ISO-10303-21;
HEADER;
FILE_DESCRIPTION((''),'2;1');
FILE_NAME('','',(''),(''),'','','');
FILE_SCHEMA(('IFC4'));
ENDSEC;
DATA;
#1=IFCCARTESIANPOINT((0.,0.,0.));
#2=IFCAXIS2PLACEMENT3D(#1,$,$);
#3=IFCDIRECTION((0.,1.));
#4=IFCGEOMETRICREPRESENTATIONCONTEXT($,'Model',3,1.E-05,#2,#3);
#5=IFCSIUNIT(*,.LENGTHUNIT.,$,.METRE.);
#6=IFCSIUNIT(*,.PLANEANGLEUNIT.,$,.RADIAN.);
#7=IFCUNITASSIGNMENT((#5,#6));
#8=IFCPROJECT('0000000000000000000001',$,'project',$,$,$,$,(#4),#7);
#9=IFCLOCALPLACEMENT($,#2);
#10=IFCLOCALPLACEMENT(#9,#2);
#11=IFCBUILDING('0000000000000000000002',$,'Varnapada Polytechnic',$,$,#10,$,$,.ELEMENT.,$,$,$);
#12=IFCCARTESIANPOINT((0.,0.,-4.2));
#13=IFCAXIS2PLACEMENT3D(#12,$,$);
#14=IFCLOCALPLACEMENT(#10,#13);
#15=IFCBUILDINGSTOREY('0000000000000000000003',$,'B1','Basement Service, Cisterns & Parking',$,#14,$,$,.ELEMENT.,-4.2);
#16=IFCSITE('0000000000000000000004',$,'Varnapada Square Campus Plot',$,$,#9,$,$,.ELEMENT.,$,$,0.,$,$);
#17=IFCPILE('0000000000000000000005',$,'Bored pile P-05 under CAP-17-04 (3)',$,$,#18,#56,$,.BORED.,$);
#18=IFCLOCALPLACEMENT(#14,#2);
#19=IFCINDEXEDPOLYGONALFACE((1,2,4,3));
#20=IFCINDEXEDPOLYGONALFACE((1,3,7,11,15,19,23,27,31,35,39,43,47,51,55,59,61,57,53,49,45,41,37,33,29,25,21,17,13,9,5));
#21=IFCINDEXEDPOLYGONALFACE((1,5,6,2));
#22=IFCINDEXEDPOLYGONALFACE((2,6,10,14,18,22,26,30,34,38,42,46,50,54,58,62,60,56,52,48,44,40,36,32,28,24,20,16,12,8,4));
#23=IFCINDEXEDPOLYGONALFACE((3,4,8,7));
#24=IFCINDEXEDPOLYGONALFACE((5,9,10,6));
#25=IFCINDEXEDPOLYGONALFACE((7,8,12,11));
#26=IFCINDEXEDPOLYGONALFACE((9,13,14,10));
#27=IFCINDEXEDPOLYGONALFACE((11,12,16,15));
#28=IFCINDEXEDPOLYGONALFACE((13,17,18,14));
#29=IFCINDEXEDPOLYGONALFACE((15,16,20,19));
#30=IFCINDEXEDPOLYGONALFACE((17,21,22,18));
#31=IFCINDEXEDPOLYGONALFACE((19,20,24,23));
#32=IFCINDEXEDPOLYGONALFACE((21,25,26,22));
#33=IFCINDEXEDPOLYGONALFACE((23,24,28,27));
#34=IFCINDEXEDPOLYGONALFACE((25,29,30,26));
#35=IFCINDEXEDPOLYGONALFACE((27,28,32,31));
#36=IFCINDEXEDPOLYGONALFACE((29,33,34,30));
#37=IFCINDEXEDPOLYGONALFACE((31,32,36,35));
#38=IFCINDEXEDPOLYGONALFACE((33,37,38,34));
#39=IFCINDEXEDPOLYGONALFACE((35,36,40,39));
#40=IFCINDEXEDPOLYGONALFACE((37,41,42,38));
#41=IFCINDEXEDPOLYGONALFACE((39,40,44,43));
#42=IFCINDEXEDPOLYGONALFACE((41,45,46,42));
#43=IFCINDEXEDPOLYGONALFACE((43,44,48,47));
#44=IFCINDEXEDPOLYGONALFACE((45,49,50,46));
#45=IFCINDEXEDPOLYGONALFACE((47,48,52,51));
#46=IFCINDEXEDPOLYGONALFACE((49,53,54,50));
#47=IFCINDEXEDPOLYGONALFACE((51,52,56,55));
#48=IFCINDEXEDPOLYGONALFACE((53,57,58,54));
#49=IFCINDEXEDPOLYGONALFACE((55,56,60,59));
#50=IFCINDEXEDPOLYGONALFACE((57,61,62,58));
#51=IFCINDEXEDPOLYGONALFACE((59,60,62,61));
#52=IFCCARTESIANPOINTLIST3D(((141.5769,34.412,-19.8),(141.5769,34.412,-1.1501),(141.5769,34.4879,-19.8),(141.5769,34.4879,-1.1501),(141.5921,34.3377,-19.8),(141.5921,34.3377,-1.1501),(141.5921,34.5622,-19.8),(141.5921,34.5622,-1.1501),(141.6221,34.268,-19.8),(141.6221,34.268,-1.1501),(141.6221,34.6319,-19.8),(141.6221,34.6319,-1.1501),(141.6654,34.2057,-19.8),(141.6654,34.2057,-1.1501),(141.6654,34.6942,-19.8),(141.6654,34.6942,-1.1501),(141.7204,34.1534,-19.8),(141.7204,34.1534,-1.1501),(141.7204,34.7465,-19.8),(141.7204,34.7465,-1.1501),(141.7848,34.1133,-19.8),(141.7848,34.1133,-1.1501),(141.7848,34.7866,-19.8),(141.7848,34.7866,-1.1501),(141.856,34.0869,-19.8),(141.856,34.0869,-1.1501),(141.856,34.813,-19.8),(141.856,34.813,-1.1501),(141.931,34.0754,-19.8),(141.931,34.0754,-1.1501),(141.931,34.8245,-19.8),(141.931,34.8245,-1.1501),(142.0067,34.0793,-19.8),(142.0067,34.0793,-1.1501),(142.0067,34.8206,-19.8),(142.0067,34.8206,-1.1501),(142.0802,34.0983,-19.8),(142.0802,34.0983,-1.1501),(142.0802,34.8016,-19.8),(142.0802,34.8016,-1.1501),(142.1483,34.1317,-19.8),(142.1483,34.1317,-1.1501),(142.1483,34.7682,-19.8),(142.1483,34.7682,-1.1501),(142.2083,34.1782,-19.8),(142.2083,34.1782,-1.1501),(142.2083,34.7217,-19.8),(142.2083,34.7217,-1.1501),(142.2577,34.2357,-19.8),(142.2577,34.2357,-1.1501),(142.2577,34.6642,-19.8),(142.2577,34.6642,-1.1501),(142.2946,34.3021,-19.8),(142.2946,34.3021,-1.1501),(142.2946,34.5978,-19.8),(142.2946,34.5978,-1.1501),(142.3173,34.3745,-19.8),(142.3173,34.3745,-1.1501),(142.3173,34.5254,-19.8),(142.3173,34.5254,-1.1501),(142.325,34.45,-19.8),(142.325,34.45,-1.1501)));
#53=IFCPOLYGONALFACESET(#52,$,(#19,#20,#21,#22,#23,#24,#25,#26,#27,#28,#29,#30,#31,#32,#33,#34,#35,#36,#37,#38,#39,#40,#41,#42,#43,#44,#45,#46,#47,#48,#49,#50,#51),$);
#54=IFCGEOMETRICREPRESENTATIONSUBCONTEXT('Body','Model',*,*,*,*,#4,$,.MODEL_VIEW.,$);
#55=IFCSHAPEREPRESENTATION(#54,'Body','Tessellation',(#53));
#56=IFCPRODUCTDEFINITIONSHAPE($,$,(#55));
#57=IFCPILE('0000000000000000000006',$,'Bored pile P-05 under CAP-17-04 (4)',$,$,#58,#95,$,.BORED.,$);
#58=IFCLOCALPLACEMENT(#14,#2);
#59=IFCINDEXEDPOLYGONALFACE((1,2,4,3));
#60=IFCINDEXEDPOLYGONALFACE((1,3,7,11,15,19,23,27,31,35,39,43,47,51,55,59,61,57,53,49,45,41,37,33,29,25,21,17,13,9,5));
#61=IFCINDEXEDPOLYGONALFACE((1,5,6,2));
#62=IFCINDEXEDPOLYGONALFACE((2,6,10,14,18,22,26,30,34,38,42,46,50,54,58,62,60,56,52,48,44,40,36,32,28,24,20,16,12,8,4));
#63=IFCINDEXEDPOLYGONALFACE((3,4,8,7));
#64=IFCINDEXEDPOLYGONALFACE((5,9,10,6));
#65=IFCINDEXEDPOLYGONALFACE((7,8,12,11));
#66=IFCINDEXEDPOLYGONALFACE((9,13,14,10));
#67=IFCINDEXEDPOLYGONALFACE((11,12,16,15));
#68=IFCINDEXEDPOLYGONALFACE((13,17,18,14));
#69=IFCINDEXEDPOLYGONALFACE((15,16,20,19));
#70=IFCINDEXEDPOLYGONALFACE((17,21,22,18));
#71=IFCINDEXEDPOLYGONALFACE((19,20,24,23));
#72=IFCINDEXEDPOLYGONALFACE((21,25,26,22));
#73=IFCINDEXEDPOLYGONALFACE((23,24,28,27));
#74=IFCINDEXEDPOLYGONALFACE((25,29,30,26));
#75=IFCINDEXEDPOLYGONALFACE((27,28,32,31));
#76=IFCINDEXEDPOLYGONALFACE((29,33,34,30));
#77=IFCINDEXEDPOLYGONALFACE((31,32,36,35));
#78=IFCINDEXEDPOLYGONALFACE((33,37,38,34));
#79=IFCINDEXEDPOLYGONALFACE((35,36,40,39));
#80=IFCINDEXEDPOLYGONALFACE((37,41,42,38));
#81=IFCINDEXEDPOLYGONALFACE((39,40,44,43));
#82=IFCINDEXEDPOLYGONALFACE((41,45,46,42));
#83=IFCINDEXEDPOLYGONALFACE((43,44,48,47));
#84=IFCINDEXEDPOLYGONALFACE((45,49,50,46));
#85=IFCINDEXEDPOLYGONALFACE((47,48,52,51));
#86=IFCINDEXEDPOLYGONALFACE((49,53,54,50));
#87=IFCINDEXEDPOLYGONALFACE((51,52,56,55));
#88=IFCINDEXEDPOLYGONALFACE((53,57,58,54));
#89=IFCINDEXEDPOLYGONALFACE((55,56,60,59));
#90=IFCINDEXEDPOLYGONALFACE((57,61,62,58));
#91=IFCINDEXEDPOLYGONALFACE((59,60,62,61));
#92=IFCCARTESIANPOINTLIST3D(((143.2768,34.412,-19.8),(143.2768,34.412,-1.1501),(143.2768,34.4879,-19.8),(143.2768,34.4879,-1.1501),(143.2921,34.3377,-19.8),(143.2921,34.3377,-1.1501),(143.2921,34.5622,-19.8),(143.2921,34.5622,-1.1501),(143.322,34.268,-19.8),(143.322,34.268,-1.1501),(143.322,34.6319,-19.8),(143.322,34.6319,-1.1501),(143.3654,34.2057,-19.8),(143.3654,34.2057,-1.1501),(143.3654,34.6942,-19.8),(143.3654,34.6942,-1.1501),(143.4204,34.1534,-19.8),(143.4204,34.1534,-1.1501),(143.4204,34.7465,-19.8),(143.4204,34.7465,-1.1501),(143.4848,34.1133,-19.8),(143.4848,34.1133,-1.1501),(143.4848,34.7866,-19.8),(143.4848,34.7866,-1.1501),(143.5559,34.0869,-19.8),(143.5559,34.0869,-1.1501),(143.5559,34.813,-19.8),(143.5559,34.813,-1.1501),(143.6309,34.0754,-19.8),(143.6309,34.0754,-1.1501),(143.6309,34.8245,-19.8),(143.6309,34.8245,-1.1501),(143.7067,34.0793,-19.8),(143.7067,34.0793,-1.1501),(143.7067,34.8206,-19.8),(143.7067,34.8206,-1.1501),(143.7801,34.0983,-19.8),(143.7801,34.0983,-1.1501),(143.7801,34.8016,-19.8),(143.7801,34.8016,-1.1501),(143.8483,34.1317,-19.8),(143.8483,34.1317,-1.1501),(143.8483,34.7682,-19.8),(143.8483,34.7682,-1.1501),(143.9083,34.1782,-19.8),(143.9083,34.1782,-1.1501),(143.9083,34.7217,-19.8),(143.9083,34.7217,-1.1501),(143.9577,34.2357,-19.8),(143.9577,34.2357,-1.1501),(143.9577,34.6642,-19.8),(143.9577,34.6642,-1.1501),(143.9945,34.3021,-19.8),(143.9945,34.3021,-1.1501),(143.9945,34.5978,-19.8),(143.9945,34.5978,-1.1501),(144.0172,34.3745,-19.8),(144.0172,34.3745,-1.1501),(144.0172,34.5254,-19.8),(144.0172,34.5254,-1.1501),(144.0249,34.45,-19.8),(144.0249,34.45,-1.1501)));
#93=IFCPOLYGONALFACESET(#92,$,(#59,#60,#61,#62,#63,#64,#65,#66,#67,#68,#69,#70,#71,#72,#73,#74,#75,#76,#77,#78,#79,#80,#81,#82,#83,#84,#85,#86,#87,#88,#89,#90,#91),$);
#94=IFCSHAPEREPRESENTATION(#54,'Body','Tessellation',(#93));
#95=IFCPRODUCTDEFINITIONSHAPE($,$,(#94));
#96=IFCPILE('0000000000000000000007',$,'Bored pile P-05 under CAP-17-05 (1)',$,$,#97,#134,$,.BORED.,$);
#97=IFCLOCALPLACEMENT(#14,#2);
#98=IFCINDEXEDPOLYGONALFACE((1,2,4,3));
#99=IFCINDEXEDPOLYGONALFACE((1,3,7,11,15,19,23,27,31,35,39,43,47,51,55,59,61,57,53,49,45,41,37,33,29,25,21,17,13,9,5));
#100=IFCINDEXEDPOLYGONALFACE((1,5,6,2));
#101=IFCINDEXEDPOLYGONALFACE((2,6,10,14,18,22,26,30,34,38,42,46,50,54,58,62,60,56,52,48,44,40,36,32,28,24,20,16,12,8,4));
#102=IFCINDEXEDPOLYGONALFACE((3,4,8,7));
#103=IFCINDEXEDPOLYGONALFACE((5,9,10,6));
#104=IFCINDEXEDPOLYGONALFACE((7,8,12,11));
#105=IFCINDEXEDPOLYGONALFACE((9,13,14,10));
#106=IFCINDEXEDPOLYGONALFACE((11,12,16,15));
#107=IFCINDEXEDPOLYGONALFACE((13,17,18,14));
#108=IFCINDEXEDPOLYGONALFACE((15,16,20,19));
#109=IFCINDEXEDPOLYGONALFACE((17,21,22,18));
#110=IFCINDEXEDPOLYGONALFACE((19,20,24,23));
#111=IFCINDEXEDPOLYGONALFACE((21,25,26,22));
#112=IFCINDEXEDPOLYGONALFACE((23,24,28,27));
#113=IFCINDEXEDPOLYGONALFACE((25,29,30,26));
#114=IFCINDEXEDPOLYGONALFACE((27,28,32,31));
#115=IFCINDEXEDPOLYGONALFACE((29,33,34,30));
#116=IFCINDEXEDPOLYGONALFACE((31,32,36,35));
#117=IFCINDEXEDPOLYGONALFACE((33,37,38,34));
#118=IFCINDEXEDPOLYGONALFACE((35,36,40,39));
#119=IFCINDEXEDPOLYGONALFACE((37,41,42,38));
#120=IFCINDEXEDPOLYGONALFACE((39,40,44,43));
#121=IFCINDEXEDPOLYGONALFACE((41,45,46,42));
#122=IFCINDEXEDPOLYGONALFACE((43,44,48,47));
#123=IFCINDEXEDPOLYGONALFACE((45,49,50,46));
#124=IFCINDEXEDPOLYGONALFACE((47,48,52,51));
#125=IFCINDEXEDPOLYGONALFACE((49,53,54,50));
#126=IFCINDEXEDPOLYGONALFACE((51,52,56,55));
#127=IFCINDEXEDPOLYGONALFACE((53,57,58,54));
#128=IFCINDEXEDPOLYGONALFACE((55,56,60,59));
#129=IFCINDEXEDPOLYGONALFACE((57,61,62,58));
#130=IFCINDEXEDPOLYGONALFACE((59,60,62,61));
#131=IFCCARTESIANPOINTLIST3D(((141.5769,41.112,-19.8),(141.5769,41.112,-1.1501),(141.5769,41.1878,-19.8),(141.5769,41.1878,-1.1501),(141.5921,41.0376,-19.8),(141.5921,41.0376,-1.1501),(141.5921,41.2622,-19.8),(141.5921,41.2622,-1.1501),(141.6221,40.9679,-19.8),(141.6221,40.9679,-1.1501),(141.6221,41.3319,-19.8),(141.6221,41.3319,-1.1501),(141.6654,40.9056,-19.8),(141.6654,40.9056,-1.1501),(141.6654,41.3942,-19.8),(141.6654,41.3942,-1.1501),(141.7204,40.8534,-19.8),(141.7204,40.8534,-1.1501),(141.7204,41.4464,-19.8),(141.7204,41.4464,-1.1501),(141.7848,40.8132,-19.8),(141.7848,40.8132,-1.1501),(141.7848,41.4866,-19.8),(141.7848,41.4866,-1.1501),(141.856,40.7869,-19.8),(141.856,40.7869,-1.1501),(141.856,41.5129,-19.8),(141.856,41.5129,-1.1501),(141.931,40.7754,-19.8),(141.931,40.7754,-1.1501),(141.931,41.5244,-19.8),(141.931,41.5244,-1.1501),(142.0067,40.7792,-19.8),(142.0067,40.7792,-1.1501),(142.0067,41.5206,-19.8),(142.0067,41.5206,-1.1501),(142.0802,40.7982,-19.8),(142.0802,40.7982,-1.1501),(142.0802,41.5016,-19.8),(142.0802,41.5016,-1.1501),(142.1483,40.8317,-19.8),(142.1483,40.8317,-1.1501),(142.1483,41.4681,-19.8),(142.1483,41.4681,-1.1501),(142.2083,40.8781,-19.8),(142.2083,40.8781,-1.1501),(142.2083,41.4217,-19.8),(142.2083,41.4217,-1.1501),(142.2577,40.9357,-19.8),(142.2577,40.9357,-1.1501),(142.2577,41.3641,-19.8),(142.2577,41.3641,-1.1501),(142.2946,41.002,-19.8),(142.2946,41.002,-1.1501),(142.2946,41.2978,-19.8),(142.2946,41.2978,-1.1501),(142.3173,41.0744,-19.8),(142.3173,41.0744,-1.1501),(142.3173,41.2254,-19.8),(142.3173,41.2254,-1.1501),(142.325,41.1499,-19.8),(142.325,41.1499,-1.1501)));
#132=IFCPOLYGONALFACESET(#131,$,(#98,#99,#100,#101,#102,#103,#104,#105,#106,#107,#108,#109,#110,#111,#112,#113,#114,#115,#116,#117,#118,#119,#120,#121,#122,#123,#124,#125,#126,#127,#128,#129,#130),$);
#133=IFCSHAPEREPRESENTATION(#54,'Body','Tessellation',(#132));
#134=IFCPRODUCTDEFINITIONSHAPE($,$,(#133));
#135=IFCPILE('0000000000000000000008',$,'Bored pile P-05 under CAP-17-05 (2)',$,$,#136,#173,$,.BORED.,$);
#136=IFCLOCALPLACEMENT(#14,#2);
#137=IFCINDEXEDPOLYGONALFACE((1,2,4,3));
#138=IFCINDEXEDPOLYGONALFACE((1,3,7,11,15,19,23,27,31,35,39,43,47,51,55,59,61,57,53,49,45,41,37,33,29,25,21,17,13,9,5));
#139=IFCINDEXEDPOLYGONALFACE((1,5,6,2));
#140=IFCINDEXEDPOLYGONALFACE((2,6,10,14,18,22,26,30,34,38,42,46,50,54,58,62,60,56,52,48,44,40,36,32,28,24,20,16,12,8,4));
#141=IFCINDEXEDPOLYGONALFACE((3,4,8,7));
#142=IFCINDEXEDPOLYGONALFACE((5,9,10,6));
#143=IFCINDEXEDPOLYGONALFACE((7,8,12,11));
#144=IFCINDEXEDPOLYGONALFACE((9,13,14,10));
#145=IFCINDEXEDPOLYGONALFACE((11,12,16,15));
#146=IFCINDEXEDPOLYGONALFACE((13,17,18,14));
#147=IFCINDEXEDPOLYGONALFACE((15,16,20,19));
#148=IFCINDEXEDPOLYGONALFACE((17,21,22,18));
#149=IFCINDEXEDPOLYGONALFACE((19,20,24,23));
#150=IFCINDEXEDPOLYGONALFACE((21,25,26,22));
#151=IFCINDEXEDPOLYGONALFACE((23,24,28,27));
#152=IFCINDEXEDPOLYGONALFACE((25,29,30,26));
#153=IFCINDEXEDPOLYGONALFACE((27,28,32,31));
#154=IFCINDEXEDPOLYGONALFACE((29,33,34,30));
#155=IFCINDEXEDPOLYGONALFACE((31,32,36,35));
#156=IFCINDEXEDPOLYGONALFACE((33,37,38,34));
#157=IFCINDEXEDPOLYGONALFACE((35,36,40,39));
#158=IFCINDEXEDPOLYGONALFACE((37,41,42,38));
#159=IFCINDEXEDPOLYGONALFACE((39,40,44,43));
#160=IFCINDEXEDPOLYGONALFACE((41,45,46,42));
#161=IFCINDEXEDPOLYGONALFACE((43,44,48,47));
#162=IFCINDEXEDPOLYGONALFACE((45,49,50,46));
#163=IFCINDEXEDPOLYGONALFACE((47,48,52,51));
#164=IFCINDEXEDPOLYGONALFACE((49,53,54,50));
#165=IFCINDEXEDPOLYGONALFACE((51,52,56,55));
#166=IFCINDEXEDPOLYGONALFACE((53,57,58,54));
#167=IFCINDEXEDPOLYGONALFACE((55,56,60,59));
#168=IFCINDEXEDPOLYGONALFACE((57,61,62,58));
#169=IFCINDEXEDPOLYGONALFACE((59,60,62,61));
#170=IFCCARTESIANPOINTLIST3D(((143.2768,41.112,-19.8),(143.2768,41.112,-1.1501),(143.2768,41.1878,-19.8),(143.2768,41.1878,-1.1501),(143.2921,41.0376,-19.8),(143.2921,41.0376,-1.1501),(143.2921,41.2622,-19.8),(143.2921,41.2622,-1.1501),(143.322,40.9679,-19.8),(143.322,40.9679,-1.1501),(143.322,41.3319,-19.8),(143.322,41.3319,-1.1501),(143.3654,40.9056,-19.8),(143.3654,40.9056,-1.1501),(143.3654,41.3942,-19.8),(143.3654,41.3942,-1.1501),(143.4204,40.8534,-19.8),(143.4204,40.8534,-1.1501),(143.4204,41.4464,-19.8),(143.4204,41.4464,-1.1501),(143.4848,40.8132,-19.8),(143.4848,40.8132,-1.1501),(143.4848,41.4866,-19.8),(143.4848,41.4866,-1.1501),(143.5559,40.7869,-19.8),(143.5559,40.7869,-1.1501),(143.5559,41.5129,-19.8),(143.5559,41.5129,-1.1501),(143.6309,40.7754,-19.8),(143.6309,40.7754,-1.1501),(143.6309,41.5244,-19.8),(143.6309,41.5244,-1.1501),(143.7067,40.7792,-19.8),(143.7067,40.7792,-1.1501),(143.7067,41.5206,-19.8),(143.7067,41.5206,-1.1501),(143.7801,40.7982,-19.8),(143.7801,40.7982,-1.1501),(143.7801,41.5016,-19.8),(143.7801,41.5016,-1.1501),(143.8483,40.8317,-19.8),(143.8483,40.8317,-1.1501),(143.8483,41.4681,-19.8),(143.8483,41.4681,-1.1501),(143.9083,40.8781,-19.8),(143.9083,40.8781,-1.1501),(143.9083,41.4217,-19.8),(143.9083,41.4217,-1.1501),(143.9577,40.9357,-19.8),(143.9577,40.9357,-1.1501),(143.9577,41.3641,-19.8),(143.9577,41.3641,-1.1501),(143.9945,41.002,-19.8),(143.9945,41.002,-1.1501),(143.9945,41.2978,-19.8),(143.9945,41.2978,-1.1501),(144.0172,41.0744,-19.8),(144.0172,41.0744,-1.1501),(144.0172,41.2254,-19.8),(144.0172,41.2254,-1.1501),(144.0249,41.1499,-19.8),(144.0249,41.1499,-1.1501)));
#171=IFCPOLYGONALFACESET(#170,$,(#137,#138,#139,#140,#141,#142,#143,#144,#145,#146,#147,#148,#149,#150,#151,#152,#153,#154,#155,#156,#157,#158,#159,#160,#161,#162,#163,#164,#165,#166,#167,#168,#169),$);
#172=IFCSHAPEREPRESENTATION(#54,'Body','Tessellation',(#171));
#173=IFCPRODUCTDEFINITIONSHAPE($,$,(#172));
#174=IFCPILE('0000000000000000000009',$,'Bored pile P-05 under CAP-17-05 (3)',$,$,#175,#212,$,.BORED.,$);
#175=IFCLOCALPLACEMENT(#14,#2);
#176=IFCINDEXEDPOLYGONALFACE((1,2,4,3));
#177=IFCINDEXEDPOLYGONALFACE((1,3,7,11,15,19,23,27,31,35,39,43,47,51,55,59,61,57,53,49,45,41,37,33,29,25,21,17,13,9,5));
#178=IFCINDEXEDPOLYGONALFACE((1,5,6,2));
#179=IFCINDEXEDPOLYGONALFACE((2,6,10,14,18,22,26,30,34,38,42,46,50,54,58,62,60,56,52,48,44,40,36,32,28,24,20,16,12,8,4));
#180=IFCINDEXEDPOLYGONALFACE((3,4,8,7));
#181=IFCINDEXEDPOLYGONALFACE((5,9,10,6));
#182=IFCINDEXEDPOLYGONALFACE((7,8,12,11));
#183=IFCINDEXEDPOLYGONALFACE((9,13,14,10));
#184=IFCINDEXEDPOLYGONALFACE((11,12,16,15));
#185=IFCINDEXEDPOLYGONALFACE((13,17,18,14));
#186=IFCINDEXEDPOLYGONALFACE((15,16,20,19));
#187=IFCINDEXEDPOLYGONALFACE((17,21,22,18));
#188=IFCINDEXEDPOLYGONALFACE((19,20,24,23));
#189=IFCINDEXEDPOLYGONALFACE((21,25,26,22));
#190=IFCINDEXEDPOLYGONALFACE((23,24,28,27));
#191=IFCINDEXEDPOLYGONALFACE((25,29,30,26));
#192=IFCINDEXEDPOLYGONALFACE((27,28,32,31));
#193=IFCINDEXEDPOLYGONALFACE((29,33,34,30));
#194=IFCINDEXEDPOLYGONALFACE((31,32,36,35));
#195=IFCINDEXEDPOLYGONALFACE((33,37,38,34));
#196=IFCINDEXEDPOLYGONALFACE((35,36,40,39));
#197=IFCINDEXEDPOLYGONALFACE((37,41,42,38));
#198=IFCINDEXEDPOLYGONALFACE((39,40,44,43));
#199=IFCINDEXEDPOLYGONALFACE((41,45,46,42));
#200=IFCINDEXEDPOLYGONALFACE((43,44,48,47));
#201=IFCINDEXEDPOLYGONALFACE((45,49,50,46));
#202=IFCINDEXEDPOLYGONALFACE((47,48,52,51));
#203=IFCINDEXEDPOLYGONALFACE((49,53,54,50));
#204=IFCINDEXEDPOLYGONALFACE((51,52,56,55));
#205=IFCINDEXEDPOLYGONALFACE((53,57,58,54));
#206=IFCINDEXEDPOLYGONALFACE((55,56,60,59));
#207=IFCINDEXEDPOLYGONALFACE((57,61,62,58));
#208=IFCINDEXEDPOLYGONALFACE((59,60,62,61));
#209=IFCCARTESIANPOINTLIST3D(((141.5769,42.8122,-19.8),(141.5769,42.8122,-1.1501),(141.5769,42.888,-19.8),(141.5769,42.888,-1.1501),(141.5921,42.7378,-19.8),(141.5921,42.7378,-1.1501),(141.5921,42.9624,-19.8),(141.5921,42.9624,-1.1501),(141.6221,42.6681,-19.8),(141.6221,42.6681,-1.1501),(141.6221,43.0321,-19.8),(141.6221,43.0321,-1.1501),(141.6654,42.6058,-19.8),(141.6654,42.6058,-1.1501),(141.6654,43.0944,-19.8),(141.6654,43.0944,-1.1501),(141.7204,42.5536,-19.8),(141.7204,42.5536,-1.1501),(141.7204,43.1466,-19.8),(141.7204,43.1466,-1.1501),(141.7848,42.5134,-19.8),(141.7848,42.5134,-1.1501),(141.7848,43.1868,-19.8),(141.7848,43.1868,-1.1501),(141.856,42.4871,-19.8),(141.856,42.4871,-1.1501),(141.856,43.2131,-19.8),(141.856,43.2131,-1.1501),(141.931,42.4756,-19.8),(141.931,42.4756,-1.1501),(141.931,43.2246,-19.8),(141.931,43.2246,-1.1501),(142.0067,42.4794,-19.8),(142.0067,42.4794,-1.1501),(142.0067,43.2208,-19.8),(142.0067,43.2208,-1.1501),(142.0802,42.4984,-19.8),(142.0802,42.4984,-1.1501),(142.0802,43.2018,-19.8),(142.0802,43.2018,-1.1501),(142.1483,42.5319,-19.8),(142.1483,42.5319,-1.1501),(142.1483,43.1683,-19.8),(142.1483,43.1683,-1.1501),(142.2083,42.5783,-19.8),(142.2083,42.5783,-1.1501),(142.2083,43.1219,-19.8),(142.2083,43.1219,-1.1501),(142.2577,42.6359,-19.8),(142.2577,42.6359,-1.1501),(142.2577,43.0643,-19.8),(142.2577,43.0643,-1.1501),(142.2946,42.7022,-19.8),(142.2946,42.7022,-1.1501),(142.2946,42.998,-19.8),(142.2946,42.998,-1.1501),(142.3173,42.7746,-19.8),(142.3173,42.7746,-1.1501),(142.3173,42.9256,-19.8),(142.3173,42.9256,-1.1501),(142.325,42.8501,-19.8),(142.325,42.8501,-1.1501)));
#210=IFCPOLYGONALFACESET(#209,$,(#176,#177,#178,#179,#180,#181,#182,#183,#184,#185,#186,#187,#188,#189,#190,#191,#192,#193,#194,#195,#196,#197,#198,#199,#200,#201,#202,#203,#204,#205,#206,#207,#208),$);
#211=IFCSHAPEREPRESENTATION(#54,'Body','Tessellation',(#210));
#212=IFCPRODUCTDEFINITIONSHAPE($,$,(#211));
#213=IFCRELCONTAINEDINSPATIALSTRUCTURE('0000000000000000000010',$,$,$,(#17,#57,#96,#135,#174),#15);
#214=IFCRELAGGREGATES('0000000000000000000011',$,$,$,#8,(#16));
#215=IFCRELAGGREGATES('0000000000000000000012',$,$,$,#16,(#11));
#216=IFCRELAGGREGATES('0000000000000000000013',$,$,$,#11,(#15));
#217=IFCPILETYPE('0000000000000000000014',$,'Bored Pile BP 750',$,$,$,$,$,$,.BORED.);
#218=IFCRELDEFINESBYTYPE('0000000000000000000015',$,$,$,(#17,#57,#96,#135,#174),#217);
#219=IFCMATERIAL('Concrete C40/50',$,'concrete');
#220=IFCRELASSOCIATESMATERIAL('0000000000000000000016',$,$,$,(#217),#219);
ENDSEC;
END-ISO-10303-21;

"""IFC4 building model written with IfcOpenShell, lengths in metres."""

from ifc_helpers import new_model, si_unit, direction, frame, origin, origin_2d, place, context, subcontext, project, spatial, circle, extrude, material, material_profile, profile_set, type_object, element, save


model = new_model("IFC4")

# Units and contexts
model_context = context("Model", 3, precision=1e-05, world=origin(), true_north=direction((0.0, 1.0)))
body_context = subcontext(model_context, "Body", "Model", "MODEL_VIEW")
ifc_project = project(units=[si_unit("LENGTHUNIT", "METRE"), si_unit("PLANEANGLEUNIT", "RADIAN")], contexts=[model_context])

# Site, building, storey
site_placement = place(None, origin())
site = spatial("IfcSite", under=ifc_project, at=site_placement, Name="Varnapada Square Campus Plot", CompositionType="ELEMENT", RefElevation=0.0)
building_placement = place(site_placement, origin())
building = spatial("IfcBuilding", under=site, at=building_placement, Name="Varnapada Polytechnic", CompositionType="ELEMENT")
storey_placement = place(building_placement, frame((0.0, 0.0, -4.2)))
storey = spatial("IfcBuildingStorey", under=building, at=storey_placement, Name="B1", Description="Basement Service, Cisterns & Parking", CompositionType="ELEMENT", Elevation=-4.2)

# Piles
ifc_material_1 = material(Name="Concrete C40/50", Category="concrete")
ifc_material_profile_1 = material_profile(ifc_material_1, circle(Radius=0.375, at=origin_2d()), Name="BP 750")
ifc_profile_set_1 = profile_set([ifc_material_profile_1], Name="Concrete C40/50")
pile_type_1 = type_object("IfcPileType", Name="Bored Pile BP 750", PredefinedType="BORED", material=ifc_profile_set_1)
for number, where, z_axis, x_axis, name in (
    (1, (141.95, 34.45, -1.1501), (0.0, 0.0, -1.0), (1.0, 0.0, 0.0), "Bored pile P-05 under CAP-17-04 (3)"),
    (2, (143.6499, 34.45, -1.1501), (0.0, 0.0, -1.0), (1.0, 0.0, 0.0), "Bored pile P-05 under CAP-17-04 (4)"),
    (3, (141.95, 41.1499, -1.1501), (0.0, 0.0, -1.0), (1.0, 0.0, 0.0), "Bored pile P-05 under CAP-17-05 (1)"),
    (4, (143.6499, 41.1499, -1.1501), (0.0, 0.0, -1.0), (1.0, 0.0, 0.0), "Bored pile P-05 under CAP-17-05 (2)"),
    (5, (141.95, 42.8501, -1.1501), (0.0, 0.0, -1.0), (1.0, 0.0, 0.0), "Bored pile P-05 under CAP-17-05 (3)"),
):
    element("IfcPile", number, at=place(storey_placement, frame(where, z_axis=z_axis, x_axis=x_axis)), inside=storey, type_object=pile_type_1, Name=name, PredefinedType="BORED", context=body_context, shape_type="SweptSolid", body=[
        extrude(circle(Radius=0.375, at=origin_2d()), origin(), (0.0, 0.0, 1.0), 18.6499),
    ])

save(model, "model.ifc")
